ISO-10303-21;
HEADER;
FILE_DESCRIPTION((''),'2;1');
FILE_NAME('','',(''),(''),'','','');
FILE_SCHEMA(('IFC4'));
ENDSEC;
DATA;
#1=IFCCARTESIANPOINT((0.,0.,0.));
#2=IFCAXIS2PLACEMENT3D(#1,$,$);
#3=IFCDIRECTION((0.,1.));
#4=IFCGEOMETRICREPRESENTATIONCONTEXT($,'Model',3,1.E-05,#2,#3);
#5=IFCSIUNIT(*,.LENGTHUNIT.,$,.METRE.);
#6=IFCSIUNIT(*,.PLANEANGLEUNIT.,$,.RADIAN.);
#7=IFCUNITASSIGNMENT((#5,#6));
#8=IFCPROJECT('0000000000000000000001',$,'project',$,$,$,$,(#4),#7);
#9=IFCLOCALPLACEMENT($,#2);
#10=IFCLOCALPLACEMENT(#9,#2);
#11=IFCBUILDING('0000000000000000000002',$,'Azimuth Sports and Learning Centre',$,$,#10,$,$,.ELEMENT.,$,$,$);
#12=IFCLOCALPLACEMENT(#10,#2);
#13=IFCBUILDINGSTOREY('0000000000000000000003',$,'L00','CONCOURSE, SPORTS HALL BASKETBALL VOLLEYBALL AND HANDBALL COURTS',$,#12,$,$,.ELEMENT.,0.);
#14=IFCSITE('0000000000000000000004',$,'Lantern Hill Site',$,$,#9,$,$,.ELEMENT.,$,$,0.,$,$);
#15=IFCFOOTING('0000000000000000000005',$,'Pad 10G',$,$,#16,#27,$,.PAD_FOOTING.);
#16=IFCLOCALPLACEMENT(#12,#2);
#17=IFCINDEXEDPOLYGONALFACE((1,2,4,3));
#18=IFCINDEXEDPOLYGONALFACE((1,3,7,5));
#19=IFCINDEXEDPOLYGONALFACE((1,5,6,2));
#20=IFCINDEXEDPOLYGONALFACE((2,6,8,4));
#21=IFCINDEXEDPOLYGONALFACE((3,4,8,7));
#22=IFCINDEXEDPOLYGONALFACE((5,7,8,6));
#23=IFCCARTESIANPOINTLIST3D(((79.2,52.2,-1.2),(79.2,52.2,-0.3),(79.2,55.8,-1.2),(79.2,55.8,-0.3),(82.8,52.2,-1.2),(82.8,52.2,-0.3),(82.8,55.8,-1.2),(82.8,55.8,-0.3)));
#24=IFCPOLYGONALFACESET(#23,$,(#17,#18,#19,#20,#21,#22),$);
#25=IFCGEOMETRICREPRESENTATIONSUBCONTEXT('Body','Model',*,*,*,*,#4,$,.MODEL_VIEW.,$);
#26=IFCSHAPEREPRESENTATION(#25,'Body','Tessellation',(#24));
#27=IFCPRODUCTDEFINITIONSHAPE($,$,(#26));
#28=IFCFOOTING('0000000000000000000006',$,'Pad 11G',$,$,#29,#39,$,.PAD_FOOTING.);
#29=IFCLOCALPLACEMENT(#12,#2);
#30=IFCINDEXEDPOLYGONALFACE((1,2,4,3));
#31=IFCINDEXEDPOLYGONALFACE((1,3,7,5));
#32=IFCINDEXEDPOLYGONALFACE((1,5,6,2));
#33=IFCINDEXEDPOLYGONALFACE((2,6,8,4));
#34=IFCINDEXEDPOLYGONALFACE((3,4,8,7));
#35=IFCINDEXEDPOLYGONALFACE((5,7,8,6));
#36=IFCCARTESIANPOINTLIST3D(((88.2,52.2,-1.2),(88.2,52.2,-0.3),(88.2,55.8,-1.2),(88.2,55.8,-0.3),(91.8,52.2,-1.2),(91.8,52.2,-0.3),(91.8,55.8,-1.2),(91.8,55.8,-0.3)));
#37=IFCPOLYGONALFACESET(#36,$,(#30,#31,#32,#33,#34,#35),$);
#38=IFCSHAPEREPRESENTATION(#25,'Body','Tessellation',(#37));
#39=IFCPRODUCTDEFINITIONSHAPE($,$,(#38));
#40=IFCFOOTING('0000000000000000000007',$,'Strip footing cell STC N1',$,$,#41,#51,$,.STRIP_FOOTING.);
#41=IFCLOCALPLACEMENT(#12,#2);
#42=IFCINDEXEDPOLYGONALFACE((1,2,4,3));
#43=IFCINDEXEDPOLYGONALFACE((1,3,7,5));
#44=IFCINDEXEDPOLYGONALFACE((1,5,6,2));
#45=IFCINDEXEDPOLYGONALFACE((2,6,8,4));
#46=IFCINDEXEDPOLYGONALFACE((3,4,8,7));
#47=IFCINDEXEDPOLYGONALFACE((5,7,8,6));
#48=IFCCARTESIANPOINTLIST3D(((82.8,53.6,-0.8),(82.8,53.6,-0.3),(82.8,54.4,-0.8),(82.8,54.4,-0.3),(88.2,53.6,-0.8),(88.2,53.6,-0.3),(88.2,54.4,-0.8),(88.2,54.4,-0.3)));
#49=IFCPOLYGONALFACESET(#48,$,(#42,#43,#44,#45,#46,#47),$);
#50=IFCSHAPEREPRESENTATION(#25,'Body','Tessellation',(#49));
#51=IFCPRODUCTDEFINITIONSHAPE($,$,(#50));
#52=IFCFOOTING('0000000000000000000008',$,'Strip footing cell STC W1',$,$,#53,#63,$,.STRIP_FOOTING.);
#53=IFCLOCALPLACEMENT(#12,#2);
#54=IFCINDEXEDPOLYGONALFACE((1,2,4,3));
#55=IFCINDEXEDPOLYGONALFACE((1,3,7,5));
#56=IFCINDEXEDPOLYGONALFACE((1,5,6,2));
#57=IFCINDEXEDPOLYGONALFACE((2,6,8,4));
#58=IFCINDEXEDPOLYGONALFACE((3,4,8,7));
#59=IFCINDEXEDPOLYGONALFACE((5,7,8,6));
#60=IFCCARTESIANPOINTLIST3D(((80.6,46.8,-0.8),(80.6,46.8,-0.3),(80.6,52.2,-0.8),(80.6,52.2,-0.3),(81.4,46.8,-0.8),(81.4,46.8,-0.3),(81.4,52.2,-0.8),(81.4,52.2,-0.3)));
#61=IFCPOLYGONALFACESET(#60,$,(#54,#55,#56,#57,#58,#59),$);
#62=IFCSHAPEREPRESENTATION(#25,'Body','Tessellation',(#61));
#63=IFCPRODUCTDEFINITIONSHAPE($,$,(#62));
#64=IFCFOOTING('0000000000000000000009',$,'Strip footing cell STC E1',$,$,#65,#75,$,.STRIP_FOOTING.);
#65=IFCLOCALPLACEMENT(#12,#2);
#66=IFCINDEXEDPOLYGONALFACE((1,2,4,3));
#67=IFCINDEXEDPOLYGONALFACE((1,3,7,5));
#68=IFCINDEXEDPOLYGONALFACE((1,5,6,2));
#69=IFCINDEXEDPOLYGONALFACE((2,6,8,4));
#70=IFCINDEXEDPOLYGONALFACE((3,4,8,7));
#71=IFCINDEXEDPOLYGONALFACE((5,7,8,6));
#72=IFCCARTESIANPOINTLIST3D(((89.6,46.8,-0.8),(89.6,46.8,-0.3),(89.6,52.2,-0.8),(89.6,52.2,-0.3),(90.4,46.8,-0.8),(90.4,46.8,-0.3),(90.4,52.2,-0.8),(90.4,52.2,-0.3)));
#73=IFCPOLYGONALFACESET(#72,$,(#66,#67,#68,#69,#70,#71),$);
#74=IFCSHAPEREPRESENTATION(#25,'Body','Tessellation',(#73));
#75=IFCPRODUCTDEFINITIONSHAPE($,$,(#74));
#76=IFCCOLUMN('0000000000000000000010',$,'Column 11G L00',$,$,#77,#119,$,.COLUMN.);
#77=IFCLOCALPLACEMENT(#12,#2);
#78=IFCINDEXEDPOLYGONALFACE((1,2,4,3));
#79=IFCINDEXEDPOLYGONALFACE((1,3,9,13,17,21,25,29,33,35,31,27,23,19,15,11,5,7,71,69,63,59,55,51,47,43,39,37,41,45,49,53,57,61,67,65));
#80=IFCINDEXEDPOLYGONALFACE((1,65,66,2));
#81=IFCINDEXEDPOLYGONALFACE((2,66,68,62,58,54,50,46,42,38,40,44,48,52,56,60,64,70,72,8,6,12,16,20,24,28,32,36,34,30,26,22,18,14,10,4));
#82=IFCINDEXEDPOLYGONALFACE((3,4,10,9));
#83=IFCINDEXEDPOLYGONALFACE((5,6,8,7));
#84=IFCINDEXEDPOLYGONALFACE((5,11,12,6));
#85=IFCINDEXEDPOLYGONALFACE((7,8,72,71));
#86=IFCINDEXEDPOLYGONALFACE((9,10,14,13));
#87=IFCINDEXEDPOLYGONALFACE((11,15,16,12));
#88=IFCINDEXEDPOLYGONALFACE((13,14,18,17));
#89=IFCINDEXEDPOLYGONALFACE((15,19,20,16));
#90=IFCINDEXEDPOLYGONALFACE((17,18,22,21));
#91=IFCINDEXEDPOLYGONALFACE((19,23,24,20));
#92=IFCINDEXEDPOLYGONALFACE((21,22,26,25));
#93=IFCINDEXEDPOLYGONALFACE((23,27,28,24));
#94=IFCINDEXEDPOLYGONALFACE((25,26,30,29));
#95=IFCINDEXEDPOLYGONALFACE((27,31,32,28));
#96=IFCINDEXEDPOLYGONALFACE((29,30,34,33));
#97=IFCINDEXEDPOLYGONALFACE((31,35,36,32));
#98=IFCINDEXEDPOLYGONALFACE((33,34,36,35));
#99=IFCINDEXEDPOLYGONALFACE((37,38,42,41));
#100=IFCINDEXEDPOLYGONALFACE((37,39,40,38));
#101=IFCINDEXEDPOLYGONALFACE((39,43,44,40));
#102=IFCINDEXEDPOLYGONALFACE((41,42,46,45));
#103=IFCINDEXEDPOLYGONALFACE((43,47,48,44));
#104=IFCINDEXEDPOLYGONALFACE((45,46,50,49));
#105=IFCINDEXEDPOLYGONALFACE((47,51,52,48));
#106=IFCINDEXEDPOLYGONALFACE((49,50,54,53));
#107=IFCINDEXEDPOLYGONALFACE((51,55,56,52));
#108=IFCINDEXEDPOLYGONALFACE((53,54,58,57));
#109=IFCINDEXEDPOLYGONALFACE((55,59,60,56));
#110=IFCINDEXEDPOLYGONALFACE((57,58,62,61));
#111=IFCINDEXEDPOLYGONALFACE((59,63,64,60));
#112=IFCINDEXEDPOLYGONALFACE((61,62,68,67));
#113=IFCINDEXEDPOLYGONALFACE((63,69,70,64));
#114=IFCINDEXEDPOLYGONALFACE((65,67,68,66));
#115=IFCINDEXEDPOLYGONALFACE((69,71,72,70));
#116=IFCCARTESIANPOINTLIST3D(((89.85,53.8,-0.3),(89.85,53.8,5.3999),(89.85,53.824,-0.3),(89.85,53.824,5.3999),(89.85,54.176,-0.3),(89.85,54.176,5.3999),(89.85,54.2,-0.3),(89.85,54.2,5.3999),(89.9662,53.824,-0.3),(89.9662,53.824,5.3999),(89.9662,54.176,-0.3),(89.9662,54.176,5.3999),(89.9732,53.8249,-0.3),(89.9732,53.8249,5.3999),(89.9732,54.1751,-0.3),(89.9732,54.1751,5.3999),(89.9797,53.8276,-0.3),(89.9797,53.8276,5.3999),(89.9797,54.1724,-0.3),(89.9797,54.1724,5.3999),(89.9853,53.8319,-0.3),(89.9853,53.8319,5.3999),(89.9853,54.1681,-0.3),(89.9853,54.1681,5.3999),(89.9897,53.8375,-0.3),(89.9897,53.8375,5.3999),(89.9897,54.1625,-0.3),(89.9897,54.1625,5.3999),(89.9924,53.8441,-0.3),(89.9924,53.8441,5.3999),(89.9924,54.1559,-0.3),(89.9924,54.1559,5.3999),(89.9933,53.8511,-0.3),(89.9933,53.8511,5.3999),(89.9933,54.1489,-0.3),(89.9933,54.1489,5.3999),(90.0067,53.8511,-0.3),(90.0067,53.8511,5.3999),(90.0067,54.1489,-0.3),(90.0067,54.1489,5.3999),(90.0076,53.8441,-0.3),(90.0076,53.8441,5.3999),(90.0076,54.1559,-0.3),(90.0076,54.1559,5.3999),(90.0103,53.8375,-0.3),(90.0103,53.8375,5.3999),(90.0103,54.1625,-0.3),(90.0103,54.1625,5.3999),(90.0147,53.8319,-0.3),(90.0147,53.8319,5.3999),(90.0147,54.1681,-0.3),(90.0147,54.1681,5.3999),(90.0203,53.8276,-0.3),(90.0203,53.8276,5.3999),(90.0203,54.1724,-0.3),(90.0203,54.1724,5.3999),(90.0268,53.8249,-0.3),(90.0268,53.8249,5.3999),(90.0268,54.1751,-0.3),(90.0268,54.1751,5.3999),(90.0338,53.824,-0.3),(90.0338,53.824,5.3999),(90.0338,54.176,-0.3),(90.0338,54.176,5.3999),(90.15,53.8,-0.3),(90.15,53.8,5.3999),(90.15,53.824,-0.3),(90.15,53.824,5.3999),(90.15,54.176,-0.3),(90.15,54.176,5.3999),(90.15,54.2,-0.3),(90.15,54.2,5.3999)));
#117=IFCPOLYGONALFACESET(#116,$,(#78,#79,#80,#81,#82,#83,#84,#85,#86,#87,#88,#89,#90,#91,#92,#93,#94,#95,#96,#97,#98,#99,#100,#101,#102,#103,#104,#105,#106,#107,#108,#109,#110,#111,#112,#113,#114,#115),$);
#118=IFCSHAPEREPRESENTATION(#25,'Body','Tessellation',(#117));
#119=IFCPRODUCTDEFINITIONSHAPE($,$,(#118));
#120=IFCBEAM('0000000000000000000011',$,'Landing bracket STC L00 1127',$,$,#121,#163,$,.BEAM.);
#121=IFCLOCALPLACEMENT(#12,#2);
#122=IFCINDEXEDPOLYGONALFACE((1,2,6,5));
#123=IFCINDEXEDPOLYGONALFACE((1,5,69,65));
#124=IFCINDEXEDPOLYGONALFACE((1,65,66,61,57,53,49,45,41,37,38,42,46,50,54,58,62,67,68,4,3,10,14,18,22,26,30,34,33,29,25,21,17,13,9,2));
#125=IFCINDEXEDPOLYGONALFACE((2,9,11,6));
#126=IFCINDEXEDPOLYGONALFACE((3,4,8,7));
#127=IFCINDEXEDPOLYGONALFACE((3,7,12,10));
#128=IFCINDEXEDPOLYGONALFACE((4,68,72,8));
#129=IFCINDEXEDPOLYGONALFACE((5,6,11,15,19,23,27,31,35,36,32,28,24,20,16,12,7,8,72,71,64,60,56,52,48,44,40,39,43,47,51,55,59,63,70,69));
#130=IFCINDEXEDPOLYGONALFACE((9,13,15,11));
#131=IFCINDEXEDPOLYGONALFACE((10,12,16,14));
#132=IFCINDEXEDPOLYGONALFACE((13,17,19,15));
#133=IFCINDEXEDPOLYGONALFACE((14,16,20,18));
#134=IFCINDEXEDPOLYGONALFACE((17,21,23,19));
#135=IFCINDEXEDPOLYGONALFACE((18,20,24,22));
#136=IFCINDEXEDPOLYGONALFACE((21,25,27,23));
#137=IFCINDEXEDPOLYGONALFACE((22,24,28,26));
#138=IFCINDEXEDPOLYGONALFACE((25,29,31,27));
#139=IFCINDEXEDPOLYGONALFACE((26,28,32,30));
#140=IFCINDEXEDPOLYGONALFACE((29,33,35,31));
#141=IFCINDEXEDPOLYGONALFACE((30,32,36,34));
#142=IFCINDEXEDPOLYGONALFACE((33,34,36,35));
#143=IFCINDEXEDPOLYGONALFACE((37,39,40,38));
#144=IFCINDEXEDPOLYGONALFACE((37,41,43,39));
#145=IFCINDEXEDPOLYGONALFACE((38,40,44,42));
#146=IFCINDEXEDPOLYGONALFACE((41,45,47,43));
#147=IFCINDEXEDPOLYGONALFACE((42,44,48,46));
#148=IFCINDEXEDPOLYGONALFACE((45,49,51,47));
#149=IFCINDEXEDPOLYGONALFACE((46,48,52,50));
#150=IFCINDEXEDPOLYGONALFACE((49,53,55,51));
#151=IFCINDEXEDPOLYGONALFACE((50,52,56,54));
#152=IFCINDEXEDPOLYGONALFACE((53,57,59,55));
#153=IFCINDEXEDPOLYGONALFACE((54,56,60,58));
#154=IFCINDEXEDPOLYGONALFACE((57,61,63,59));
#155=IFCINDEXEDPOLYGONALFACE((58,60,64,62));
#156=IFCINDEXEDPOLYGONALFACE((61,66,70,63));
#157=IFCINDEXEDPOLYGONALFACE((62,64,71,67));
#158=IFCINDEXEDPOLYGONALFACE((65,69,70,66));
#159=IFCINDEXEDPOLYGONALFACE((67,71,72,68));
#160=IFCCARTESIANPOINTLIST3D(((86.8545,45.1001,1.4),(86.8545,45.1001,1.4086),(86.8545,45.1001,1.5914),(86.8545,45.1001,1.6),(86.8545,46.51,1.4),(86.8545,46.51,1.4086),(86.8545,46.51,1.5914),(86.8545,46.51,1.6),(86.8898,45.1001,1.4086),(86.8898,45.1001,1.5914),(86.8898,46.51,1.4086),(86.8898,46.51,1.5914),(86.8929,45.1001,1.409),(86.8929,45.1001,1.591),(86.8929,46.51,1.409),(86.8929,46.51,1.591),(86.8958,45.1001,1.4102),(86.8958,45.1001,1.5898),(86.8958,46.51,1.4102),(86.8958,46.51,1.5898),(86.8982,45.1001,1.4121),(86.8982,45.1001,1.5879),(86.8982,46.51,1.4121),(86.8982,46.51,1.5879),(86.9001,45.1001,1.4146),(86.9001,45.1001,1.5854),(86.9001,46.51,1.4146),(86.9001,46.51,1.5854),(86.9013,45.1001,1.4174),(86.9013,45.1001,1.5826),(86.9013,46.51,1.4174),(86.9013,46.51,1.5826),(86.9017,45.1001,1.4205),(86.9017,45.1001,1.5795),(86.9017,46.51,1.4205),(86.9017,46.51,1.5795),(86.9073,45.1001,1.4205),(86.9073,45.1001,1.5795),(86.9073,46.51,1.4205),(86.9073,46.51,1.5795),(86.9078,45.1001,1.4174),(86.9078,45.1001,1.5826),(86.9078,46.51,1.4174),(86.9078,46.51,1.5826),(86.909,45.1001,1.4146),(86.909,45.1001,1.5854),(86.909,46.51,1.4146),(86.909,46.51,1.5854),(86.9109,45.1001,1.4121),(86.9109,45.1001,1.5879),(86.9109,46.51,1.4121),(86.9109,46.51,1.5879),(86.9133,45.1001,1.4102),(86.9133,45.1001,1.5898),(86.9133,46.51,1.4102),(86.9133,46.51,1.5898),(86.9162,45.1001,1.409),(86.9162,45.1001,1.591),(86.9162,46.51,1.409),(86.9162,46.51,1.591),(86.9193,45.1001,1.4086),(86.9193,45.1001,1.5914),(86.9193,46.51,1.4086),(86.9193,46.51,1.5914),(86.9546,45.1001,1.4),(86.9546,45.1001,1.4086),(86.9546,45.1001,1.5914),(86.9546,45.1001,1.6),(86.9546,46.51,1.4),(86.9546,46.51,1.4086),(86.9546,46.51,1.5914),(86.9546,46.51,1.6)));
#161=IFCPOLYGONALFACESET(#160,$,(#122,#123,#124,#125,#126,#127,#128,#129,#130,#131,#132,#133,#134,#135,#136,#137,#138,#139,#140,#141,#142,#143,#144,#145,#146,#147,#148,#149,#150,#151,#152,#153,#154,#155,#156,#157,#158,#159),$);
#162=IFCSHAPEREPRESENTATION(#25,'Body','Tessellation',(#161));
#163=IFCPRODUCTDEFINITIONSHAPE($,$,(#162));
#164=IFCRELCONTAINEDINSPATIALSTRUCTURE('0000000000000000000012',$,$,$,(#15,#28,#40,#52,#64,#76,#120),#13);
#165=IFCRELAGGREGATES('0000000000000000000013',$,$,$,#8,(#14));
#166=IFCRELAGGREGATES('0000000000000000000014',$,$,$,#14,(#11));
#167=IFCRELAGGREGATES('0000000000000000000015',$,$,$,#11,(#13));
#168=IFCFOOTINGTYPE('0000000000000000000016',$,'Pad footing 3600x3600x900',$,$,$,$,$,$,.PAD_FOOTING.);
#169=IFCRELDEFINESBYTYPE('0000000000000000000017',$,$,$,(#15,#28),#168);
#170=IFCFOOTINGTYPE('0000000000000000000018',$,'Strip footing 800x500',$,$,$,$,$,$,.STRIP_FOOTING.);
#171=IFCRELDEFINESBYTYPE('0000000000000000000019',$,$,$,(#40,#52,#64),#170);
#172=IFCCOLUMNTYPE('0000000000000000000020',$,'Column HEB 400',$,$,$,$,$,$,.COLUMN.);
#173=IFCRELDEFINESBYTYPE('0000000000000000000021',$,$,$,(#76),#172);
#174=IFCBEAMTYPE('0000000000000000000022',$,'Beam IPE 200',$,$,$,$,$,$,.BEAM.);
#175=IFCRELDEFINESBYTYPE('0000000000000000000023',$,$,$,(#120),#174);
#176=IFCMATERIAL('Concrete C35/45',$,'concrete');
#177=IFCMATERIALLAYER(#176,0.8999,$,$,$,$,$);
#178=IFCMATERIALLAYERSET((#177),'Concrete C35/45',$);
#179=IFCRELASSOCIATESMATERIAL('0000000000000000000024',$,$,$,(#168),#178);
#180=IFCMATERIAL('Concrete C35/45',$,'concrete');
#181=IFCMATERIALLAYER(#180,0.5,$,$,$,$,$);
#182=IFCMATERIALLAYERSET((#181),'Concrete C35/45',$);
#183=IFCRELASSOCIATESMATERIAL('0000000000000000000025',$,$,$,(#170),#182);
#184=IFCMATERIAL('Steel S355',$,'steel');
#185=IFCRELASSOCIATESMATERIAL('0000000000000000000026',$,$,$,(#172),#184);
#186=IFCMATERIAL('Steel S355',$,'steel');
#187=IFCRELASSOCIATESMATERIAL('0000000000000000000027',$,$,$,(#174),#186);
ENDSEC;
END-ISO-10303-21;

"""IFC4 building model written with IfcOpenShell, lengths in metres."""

from ifc_helpers import new_model, si_unit, direction, frame, origin, origin_2d, place, context, subcontext, project, spatial, rectangle, i_section, extrude, material, layer, layer_set, material_profile, profile_set, type_object, element, save


model = new_model("IFC4")

# Units and contexts
model_context = context("Model", 3, precision=1e-05, world=origin(), true_north=direction((0.0, 1.0)))
body_context = subcontext(model_context, "Body", "Model", "MODEL_VIEW")
ifc_project = project(units=[si_unit("LENGTHUNIT", "METRE"), si_unit("PLANEANGLEUNIT", "RADIAN")], contexts=[model_context])

# Site, building, storey
site_placement = place(None, origin())
site = spatial("IfcSite", under=ifc_project, at=site_placement, Name="Lantern Hill Site", CompositionType="ELEMENT", RefElevation=0.0)
building_placement = place(site_placement, origin())
building = spatial("IfcBuilding", under=site, at=building_placement, Name="Azimuth Sports and Learning Centre", CompositionType="ELEMENT")
storey_placement = place(building_placement, origin())
storey = spatial("IfcBuildingStorey", under=building, at=storey_placement, Name="L00", Description="CONCOURSE, SPORTS HALL BASKETBALL VOLLEYBALL AND HANDBALL COURTS", CompositionType="ELEMENT", Elevation=0.0)

# Footings
ifc_material_1 = material(Name="Concrete C35/45", Category="concrete")
ifc_layer_1 = layer(ifc_material_1, 0.8999)
ifc_layer_set_1 = layer_set([ifc_layer_1], Name="Concrete C35/45")
footing_type_1 = type_object("IfcFootingType", Name="Pad footing 3600x3600x900", PredefinedType="PAD_FOOTING", material=ifc_layer_set_1)
for number, where, z_axis, x_axis, name in (
    (1, (81.0, 54.0, -1.2), (0.0, 0.0, 1.0), (1.0, 0.0, 0.0), "Pad 10G"),
    (2, (90.0, 54.0, -1.2), (0.0, 0.0, 1.0), (1.0, 0.0, 0.0), "Pad 11G"),
):
    element("IfcFooting", number, at=place(storey_placement, frame(where, z_axis=z_axis, x_axis=x_axis)), inside=storey, type_object=footing_type_1, Name=name, PredefinedType="PAD_FOOTING", context=body_context, shape_type="SweptSolid", body=[
        extrude(rectangle(XDim=3.6001, YDim=3.6001, at=origin_2d()), origin(), (0.0, 0.0, 1.0), 0.8999),
    ])
ifc_material_2 = material(Name="Concrete C35/45", Category="concrete")
ifc_layer_2 = layer(ifc_material_2, 0.5)
ifc_layer_set_2 = layer_set([ifc_layer_2], Name="Concrete C35/45")
footing_type_2 = type_object("IfcFootingType", Name="Strip footing 800x500", PredefinedType="STRIP_FOOTING", material=ifc_layer_set_2)
footing_placement = place(storey_placement, frame((85.5, 54.0, -0.8), z_axis=(0.0, 0.0, 1.0), x_axis=(1.0, 0.0, 0.0)))
element("IfcFooting", 3, at=footing_placement, inside=storey, type_object=footing_type_2, Name="Strip footing cell STC N1", PredefinedType="STRIP_FOOTING", context=body_context, shape_type="SweptSolid", body=[
    extrude(rectangle(XDim=5.3999, YDim=0.8, at=origin_2d()), origin(), (0.0, 0.0, 1.0), 0.5),
])
for number, where, z_axis, x_axis, name in (
    (4, (81.0, 49.5, -0.8), (0.0, 0.0, 1.0), (1.0, 0.0, 0.0), "Strip footing cell STC W1"),
    (5, (90.0, 49.5, -0.8), (0.0, 0.0, 1.0), (1.0, 0.0, 0.0), "Strip footing cell STC E1"),
):
    element("IfcFooting", number, at=place(storey_placement, frame(where, z_axis=z_axis, x_axis=x_axis)), inside=storey, type_object=footing_type_2, Name=name, PredefinedType="STRIP_FOOTING", context=body_context, shape_type="SweptSolid", body=[
        extrude(rectangle(XDim=0.8, YDim=5.3999, at=origin_2d()), origin(), (0.0, 0.0, 1.0), 0.5),
    ])

# Column
ifc_material_3 = material(Name="Steel S355", Category="steel")
ifc_material_profile_1 = material_profile(ifc_material_3, i_section(OverallWidth=0.3, OverallDepth=0.3999, WebThickness=0.0134, FlangeThickness=0.0239, FilletRadius=0.0271, at=origin_2d()), Name="HEB 400")
ifc_profile_set_1 = profile_set([ifc_material_profile_1], Name="Steel S355")
column_type = type_object("IfcColumnType", Name="Column HEB 400", PredefinedType="COLUMN", material=ifc_profile_set_1)
column_placement = place(storey_placement, frame((90.0, 54.0, -0.3), z_axis=(0.0, 0.0, 1.0), x_axis=(1.0, 0.0, 0.0)))
element("IfcColumn", 6, at=column_placement, inside=storey, type_object=column_type, Name="Column 11G L00", PredefinedType="COLUMN", context=body_context, shape_type="SweptSolid", body=[
    extrude(i_section(OverallWidth=0.3, OverallDepth=0.3999, WebThickness=0.0134, FlangeThickness=0.0239, FilletRadius=0.0271, at=origin_2d()), origin(), (0.0, 0.0, 1.0), 5.7),
])

# Beam
ifc_material_4 = material(Name="Steel S355", Category="steel")
ifc_material_profile_2 = material_profile(ifc_material_4, i_section(OverallWidth=0.1001, OverallDepth=0.2, WebThickness=0.0056, FlangeThickness=0.0085, FilletRadius=0.012, at=origin_2d()), Name="IPE 200")
ifc_profile_set_2 = profile_set([ifc_material_profile_2], Name="Steel S355")
beam_type = type_object("IfcBeamType", Name="Beam IPE 200", PredefinedType="BEAM", material=ifc_profile_set_2)
for number, where, z_axis, x_axis, name in (
    (7, (86.9045, 45.1001, 1.5), (0.0, 1.0, 0.0), (-1.0, 0.0, 0.0), "Landing bracket STC L00 1127"),
):
    element("IfcBeam", number, at=place(storey_placement, frame(where, z_axis=z_axis, x_axis=x_axis)), inside=storey, type_object=beam_type, Name=name, PredefinedType="BEAM", context=body_context, shape_type="SweptSolid", body=[
        extrude(i_section(OverallWidth=0.1001, OverallDepth=0.2, WebThickness=0.0056, FlangeThickness=0.0085, FilletRadius=0.012, at=origin_2d()), origin(), (0.0, 0.0, 1.0), 1.4099),
    ])

save(model, "model.ifc")
